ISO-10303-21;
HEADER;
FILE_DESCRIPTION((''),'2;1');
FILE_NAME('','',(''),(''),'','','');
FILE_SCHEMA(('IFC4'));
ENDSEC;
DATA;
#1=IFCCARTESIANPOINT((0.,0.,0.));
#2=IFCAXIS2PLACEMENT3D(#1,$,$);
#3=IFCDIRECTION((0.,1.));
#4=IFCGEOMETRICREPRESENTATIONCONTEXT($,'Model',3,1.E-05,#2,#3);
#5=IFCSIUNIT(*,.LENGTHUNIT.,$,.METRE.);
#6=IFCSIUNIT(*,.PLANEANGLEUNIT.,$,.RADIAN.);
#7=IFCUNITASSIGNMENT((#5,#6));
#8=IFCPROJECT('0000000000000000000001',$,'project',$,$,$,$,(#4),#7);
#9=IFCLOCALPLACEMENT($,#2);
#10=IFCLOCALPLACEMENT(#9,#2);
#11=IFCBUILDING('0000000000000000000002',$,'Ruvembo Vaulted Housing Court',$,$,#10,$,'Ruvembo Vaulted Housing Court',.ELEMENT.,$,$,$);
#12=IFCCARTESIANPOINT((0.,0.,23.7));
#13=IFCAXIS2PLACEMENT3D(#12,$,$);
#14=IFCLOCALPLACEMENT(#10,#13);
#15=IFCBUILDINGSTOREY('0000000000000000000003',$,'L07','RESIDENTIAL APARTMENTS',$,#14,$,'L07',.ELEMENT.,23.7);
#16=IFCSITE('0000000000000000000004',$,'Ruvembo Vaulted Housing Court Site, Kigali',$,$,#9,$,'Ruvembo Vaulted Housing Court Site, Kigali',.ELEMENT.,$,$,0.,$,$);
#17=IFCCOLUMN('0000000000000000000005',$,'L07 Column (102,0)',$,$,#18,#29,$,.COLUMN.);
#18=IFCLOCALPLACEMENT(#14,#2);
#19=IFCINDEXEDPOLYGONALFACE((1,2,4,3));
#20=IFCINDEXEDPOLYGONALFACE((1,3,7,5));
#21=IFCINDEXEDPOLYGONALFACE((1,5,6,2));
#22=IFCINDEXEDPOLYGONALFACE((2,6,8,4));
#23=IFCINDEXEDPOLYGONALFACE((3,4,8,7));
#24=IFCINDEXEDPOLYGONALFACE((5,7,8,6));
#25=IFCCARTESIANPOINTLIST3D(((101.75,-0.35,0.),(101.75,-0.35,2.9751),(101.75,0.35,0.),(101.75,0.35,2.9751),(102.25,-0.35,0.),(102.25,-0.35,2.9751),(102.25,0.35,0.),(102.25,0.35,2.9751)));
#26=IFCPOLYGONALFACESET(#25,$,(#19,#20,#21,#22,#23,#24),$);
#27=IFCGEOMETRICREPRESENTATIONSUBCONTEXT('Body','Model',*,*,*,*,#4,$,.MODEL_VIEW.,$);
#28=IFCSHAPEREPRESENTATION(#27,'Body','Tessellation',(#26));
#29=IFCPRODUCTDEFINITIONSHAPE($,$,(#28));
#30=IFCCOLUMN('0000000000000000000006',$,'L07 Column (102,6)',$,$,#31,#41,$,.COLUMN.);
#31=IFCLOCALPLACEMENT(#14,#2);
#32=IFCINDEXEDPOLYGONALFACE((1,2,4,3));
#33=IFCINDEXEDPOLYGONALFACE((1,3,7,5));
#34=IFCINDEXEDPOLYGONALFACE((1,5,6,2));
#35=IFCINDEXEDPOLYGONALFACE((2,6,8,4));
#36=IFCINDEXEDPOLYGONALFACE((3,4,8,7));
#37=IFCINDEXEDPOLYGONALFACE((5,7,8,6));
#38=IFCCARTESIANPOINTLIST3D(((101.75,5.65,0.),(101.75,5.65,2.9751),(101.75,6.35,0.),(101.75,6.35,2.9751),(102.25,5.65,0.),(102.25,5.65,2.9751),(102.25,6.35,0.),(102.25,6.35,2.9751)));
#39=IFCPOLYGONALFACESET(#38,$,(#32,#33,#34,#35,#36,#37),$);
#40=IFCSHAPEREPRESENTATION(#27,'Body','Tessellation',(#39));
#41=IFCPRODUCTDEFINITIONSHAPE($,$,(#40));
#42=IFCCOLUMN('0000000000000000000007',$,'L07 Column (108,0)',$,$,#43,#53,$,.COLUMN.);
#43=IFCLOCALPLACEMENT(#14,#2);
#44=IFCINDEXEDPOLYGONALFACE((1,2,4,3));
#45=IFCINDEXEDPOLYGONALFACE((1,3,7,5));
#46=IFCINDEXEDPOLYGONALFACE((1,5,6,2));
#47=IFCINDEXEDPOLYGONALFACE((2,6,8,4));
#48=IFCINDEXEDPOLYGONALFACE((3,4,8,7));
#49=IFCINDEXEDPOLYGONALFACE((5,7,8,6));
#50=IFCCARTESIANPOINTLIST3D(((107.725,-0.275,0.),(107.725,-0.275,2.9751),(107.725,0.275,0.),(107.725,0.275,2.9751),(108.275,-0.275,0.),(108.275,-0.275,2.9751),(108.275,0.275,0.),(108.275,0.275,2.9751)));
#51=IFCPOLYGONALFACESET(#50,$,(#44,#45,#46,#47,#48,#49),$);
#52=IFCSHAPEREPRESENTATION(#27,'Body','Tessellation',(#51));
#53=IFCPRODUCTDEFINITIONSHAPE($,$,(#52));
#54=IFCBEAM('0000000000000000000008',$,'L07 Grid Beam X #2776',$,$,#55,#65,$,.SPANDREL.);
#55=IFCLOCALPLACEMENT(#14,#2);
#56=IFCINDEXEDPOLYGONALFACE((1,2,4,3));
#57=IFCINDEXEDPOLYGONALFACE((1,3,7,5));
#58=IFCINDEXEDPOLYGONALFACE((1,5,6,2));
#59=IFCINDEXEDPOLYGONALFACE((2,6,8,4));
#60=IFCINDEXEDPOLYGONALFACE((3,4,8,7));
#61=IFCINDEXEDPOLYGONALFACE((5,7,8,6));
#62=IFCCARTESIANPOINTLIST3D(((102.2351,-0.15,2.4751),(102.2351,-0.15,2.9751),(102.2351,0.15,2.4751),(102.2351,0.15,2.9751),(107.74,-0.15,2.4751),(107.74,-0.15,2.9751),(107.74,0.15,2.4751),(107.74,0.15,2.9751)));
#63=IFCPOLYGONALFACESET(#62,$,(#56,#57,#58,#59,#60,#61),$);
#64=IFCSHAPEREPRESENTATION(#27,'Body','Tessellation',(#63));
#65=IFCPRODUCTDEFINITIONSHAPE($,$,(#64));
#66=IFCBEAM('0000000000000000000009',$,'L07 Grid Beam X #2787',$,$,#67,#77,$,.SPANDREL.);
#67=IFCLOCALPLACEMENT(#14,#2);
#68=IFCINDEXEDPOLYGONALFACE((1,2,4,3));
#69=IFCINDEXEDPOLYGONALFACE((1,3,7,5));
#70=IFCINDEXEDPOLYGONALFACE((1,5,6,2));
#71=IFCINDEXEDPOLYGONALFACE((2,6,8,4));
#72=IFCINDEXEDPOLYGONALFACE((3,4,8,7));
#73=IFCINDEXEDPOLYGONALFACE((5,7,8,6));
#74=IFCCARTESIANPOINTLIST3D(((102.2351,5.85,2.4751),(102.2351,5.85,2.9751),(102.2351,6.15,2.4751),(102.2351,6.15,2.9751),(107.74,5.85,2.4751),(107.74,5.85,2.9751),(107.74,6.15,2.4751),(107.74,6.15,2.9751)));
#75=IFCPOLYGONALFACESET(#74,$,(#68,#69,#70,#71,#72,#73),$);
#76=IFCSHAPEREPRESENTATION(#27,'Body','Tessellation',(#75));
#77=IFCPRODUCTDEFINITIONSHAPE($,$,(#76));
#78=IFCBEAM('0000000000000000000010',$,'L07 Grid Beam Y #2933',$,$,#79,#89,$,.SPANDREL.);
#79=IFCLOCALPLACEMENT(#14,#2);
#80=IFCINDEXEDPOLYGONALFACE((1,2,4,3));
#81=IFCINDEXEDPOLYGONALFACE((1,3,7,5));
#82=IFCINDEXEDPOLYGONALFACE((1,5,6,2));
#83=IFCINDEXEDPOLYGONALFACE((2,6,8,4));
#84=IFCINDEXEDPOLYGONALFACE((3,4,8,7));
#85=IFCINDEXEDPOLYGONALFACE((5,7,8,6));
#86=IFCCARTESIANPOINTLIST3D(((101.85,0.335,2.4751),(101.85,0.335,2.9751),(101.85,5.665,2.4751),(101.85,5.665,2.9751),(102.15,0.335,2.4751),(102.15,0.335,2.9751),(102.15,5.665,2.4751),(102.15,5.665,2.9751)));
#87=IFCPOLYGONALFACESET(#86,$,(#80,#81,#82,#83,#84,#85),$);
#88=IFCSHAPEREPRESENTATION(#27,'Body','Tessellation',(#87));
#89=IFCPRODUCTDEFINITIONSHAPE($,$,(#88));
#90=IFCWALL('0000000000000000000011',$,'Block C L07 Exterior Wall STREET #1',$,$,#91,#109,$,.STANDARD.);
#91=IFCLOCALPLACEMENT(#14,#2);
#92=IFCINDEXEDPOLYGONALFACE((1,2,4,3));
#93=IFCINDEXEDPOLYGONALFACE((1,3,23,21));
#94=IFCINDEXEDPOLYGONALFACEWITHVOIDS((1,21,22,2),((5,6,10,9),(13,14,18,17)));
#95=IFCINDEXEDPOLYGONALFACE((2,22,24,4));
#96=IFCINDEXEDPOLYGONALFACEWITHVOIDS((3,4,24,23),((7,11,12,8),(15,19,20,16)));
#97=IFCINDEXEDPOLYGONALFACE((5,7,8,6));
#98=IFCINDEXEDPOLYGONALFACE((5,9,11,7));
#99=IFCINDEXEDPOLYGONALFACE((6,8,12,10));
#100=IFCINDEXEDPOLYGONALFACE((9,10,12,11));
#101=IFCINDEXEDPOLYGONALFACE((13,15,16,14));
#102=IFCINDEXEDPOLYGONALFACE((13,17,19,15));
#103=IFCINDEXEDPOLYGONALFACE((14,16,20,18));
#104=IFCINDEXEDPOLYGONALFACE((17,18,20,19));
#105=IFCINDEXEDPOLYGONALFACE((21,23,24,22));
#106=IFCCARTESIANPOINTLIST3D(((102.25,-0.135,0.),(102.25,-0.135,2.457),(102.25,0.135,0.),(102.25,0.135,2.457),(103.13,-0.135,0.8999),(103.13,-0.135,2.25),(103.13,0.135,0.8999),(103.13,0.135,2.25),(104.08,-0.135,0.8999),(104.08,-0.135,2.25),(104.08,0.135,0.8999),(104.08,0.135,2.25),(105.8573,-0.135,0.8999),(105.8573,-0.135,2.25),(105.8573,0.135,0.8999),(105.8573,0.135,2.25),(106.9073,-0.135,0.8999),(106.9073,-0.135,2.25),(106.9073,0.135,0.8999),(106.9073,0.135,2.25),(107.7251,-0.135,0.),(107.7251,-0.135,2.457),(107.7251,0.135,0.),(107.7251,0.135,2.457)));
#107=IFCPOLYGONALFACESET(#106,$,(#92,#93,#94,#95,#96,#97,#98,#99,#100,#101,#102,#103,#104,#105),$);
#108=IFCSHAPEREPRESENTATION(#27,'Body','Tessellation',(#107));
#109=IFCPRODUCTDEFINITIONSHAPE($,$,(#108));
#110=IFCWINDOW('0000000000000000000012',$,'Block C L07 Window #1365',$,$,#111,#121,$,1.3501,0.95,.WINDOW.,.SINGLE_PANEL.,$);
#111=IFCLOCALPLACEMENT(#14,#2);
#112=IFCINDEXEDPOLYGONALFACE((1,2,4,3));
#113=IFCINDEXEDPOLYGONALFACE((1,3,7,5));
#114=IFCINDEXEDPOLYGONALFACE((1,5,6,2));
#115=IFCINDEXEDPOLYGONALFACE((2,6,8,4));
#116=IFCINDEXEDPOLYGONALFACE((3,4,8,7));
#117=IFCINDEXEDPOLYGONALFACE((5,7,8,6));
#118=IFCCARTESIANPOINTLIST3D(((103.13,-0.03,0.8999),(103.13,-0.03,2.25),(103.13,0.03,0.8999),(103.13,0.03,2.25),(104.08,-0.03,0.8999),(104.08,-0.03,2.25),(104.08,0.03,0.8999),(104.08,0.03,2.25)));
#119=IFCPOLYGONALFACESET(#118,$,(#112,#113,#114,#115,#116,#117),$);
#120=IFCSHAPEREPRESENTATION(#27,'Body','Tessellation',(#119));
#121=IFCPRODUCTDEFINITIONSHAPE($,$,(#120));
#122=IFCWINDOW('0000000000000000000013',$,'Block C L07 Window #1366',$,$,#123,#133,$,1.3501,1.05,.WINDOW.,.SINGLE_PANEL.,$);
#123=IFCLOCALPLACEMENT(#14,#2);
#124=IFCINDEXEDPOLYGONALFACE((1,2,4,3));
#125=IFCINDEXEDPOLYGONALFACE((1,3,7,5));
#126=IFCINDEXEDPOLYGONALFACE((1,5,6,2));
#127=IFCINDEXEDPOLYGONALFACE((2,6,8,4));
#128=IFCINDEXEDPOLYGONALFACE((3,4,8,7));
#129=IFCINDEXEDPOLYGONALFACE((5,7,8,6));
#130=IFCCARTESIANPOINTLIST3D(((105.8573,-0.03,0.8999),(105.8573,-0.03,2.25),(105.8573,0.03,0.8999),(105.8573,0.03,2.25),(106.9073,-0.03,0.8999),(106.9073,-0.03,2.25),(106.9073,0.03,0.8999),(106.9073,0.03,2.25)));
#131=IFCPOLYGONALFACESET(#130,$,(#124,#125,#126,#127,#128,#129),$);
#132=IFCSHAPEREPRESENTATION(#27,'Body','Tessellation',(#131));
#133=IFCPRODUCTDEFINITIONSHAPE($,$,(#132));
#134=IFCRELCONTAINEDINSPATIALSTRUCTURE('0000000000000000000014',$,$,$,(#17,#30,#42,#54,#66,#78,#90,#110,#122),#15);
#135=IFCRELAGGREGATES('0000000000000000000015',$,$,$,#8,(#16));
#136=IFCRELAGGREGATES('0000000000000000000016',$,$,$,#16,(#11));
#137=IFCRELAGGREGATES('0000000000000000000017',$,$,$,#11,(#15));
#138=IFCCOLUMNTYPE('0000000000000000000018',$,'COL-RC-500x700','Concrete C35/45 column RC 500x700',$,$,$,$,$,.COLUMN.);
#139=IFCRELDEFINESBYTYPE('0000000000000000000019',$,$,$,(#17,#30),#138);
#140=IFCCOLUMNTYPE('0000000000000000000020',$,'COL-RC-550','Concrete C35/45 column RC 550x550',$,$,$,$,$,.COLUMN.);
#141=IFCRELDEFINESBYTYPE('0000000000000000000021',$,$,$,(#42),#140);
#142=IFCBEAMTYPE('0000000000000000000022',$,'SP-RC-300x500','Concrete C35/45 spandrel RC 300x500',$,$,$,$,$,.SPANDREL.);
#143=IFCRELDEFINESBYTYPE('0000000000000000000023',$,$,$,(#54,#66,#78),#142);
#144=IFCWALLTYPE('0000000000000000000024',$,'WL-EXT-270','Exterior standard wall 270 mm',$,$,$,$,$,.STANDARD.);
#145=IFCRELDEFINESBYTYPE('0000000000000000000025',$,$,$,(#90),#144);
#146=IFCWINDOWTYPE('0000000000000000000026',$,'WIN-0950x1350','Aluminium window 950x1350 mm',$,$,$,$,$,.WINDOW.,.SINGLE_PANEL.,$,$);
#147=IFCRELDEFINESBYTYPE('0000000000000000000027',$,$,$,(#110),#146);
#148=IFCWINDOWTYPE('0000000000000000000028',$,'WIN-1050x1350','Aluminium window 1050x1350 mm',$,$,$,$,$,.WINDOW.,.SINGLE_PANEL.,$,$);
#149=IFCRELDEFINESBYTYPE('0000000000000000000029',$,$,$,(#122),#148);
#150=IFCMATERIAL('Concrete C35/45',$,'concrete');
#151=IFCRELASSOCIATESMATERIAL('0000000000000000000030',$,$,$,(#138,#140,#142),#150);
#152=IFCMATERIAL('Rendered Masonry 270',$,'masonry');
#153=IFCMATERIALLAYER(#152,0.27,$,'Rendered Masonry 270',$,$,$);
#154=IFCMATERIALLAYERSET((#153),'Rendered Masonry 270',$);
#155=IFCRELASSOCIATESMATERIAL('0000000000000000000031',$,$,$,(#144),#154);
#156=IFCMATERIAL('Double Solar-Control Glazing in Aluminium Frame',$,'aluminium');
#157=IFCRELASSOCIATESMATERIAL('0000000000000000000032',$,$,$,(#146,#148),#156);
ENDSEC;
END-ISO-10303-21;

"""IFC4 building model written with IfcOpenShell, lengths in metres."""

from ifc_helpers import new_model, si_unit, direction, frame, frame_2d, origin, origin_2d, place, context, subcontext, project, spatial, rectangle, extrude, material, layer, layer_set, material_profile, profile_set, type_object, element, fill, save


model = new_model("IFC4")

# Units and contexts
model_context = context("Model", 3, precision=1e-05, world=origin(), true_north=direction((0.0, 1.0)))
body_context = subcontext(model_context, "Body", "Model", "MODEL_VIEW")
ifc_project = project(units=[si_unit("LENGTHUNIT", "METRE"), si_unit("PLANEANGLEUNIT", "RADIAN")], contexts=[model_context])

# Site, building, storey
site_placement = place(None, origin())
site = spatial("IfcSite", under=ifc_project, at=site_placement, Name="Ruvembo Vaulted Housing Court Site, Kigali", LongName="Ruvembo Vaulted Housing Court Site, Kigali", CompositionType="ELEMENT", RefElevation=0.0)
building_placement = place(site_placement, origin())
building = spatial("IfcBuilding", under=site, at=building_placement, Name="Ruvembo Vaulted Housing Court", LongName="Ruvembo Vaulted Housing Court", CompositionType="ELEMENT")
storey_placement = place(building_placement, frame((0.0, 0.0, 23.7)))
storey = spatial("IfcBuildingStorey", under=building, at=storey_placement, Name="L07", Description="RESIDENTIAL APARTMENTS", LongName="L07", CompositionType="ELEMENT", Elevation=23.7)

# Columns
ifc_material_1 = material(Name="Concrete C35/45", Category="concrete")
ifc_material_profile_1 = material_profile(ifc_material_1, rectangle(XDim=0.5, YDim=0.7, at=origin_2d()), Name="RC 500x700")
ifc_profile_set_1 = profile_set([ifc_material_profile_1], Name="Concrete C35/45")
column_type_1 = type_object("IfcColumnType", Name="COL-RC-500x700", Description="Concrete C35/45 column RC 500x700", PredefinedType="COLUMN", material=ifc_profile_set_1)
for number, where, z_axis, x_axis, name in (
    (1, (102.0, 0.0, 0.0), (0.0, 0.0, 1.0), (1.0, 0.0, 0.0), "L07 Column (102,0)"),
    (2, (102.0, 6.0, 0.0), (0.0, 0.0, 1.0), (1.0, 0.0, 0.0), "L07 Column (102,6)"),
):
    element("IfcColumn", number, at=place(storey_placement, frame(where, z_axis=z_axis, x_axis=x_axis)), inside=storey, type_object=column_type_1, Name=name, PredefinedType="COLUMN", context=body_context, shape_type="SweptSolid", body=[
        extrude(rectangle(XDim=0.5, YDim=0.7, at=origin_2d()), origin(), (0.0, 0.0, 1.0), 2.9751),
    ])
ifc_material_profile_2 = material_profile(ifc_material_1, rectangle(XDim=0.55, YDim=0.55, at=origin_2d()), Name="RC 550x550")
ifc_profile_set_2 = profile_set([ifc_material_profile_2], Name="Concrete C35/45")
column_type_2 = type_object("IfcColumnType", Name="COL-RC-550", Description="Concrete C35/45 column RC 550x550", PredefinedType="COLUMN", material=ifc_profile_set_2)
column_placement = place(storey_placement, frame((108.0, 0.0, 0.0), z_axis=(0.0, 0.0, 1.0), x_axis=(1.0, 0.0, 0.0)))
element("IfcColumn", 3, at=column_placement, inside=storey, type_object=column_type_2, Name="L07 Column (108,0)", PredefinedType="COLUMN", context=body_context, shape_type="SweptSolid", body=[
    extrude(rectangle(XDim=0.55, YDim=0.55, at=origin_2d()), origin(), (0.0, 0.0, 1.0), 2.9751),
])

# Beams
ifc_material_profile_3 = material_profile(ifc_material_1, rectangle(XDim=0.3, YDim=0.5, at=origin_2d()), Name="RC 300x500")
ifc_profile_set_3 = profile_set([ifc_material_profile_3], Name="Concrete C35/45")
beam_type = type_object("IfcBeamType", Name="SP-RC-300x500", Description="Concrete C35/45 spandrel RC 300x500", PredefinedType="SPANDREL", material=ifc_profile_set_3)
for number, where, z_axis, x_axis, name in (
    (4, (102.2351, 0.0, 2.7251), (1.0, 0.0, 0.0), (0.0, 1.0, 0.0), "L07 Grid Beam X #2776"),
    (5, (102.2351, 6.0, 2.7251), (1.0, 0.0, 0.0), (0.0, 1.0, 0.0), "L07 Grid Beam X #2787"),
):
    element("IfcBeam", number, at=place(storey_placement, frame(where, z_axis=z_axis, x_axis=x_axis)), inside=storey, type_object=beam_type, Name=name, PredefinedType="SPANDREL", context=body_context, shape_type="SweptSolid", body=[
        extrude(rectangle(XDim=0.3, YDim=0.5, at=origin_2d()), origin(), (0.0, 0.0, 1.0), 5.5049),
    ])
beam_placement = place(storey_placement, frame((102.0, 0.335, 2.7251), z_axis=(0.0, 1.0, 0.0), x_axis=(-1.0, 0.0, 0.0)))
element("IfcBeam", 6, at=beam_placement, inside=storey, type_object=beam_type, Name="L07 Grid Beam Y #2933", PredefinedType="SPANDREL", context=body_context, shape_type="SweptSolid", body=[
    extrude(rectangle(XDim=0.3, YDim=0.5, at=origin_2d()), origin(), (0.0, 0.0, 1.0), 5.3301),
])

# Wall, openings, windows
ifc_material_2 = material(Name="Rendered Masonry 270", Category="masonry")
ifc_layer_1 = layer(ifc_material_2, 0.27, Name="Rendered Masonry 270")
ifc_layer_set_1 = layer_set([ifc_layer_1], Name="Rendered Masonry 270")
wall_type_1 = type_object("IfcWallType", Name="WL-EXT-270", Description="Exterior standard wall 270 mm", PredefinedType="STANDARD", material=ifc_layer_set_1)
wall_1_placement = place(storey_placement, frame((102.25, 0.0, 0.0), z_axis=(0.0, 0.0, 1.0), x_axis=(1.0, 0.0, 0.0)))
wall_1 = element("IfcWall", 7, at=wall_1_placement, inside=storey, type_object=wall_type_1, Name="Block C L07 Exterior Wall STREET #1", PredefinedType="STANDARD", context=body_context, shape_type="SweptSolid", body=[
    extrude(rectangle(XDim=5.4751, YDim=0.27, at=frame_2d((2.7375, 0.0))), origin(), (0.0, 0.0, 1.0), 2.457),
])
opening_1_placement = place(wall_1_placement, frame((0.8799, 0.0, 0.8999)))
opening_1 = element("IfcOpeningElement", 8, at=opening_1_placement, cuts=wall_1, PredefinedType="OPENING", context=body_context, shape_type="SweptSolid", body=[
    extrude(rectangle(XDim=0.95, YDim=1.3501, at=frame_2d((0.4751, 0.675))), frame((0.0, 0.145, 0.0), z_axis=(0.0, -1.0, 0.0), x_axis=(1.0, 0.0, 0.0)), (0.0, 0.0, 1.0), 0.29),
])
opening_2_placement = place(wall_1_placement, frame((3.6074, 0.0, 0.8999)))
opening_2 = element("IfcOpeningElement", 9, at=opening_2_placement, cuts=wall_1, PredefinedType="OPENING", context=body_context, shape_type="SweptSolid", body=[
    extrude(rectangle(XDim=1.05, YDim=1.3501, at=frame_2d((0.5249, 0.675))), frame((0.0, 0.145, 0.0), z_axis=(0.0, -1.0, 0.0), x_axis=(1.0, 0.0, 0.0)), (0.0, 0.0, 1.0), 0.29),
])
ifc_material_3 = material(Name="Double Solar-Control Glazing in Aluminium Frame", Category="aluminium")
window_type_1 = type_object("IfcWindowType", Name="WIN-0950x1350", Description="Aluminium window 950x1350 mm", PartitioningType="SINGLE_PANEL", PredefinedType="WINDOW", material=ifc_material_3)
window_1_placement = place(opening_1_placement, origin())
window_1 = element("IfcWindow", 10, at=window_1_placement, inside=storey, type_object=window_type_1, Name="Block C L07 Window #1365", OverallHeight=1.3501, OverallWidth=0.95, PartitioningType="SINGLE_PANEL", PredefinedType="WINDOW", context=body_context, shape_type="SweptSolid", body=[
    extrude(rectangle(XDim=0.95, YDim=1.3501, at=frame_2d((0.4751, 0.675))), frame((0.0, 0.03, 0.0), z_axis=(0.0, -1.0, 0.0), x_axis=(1.0, 0.0, 0.0)), (0.0, 0.0, 1.0), 0.0601),
])
fill(opening_1, window_1)
window_type_2 = type_object("IfcWindowType", Name="WIN-1050x1350", Description="Aluminium window 1050x1350 mm", PartitioningType="SINGLE_PANEL", PredefinedType="WINDOW", material=ifc_material_3)
window_2_placement = place(opening_2_placement, origin())
window_2 = element("IfcWindow", 11, at=window_2_placement, inside=storey, type_object=window_type_2, Name="Block C L07 Window #1366", OverallHeight=1.3501, OverallWidth=1.05, PartitioningType="SINGLE_PANEL", PredefinedType="WINDOW", context=body_context, shape_type="SweptSolid", body=[
    extrude(rectangle(XDim=1.05, YDim=1.3501, at=frame_2d((0.5249, 0.675))), frame((0.0, 0.03, 0.0), z_axis=(0.0, -1.0, 0.0), x_axis=(1.0, 0.0, 0.0)), (0.0, 0.0, 1.0), 0.0601),
])
fill(opening_2, window_2)

save(model, "model.ifc")
